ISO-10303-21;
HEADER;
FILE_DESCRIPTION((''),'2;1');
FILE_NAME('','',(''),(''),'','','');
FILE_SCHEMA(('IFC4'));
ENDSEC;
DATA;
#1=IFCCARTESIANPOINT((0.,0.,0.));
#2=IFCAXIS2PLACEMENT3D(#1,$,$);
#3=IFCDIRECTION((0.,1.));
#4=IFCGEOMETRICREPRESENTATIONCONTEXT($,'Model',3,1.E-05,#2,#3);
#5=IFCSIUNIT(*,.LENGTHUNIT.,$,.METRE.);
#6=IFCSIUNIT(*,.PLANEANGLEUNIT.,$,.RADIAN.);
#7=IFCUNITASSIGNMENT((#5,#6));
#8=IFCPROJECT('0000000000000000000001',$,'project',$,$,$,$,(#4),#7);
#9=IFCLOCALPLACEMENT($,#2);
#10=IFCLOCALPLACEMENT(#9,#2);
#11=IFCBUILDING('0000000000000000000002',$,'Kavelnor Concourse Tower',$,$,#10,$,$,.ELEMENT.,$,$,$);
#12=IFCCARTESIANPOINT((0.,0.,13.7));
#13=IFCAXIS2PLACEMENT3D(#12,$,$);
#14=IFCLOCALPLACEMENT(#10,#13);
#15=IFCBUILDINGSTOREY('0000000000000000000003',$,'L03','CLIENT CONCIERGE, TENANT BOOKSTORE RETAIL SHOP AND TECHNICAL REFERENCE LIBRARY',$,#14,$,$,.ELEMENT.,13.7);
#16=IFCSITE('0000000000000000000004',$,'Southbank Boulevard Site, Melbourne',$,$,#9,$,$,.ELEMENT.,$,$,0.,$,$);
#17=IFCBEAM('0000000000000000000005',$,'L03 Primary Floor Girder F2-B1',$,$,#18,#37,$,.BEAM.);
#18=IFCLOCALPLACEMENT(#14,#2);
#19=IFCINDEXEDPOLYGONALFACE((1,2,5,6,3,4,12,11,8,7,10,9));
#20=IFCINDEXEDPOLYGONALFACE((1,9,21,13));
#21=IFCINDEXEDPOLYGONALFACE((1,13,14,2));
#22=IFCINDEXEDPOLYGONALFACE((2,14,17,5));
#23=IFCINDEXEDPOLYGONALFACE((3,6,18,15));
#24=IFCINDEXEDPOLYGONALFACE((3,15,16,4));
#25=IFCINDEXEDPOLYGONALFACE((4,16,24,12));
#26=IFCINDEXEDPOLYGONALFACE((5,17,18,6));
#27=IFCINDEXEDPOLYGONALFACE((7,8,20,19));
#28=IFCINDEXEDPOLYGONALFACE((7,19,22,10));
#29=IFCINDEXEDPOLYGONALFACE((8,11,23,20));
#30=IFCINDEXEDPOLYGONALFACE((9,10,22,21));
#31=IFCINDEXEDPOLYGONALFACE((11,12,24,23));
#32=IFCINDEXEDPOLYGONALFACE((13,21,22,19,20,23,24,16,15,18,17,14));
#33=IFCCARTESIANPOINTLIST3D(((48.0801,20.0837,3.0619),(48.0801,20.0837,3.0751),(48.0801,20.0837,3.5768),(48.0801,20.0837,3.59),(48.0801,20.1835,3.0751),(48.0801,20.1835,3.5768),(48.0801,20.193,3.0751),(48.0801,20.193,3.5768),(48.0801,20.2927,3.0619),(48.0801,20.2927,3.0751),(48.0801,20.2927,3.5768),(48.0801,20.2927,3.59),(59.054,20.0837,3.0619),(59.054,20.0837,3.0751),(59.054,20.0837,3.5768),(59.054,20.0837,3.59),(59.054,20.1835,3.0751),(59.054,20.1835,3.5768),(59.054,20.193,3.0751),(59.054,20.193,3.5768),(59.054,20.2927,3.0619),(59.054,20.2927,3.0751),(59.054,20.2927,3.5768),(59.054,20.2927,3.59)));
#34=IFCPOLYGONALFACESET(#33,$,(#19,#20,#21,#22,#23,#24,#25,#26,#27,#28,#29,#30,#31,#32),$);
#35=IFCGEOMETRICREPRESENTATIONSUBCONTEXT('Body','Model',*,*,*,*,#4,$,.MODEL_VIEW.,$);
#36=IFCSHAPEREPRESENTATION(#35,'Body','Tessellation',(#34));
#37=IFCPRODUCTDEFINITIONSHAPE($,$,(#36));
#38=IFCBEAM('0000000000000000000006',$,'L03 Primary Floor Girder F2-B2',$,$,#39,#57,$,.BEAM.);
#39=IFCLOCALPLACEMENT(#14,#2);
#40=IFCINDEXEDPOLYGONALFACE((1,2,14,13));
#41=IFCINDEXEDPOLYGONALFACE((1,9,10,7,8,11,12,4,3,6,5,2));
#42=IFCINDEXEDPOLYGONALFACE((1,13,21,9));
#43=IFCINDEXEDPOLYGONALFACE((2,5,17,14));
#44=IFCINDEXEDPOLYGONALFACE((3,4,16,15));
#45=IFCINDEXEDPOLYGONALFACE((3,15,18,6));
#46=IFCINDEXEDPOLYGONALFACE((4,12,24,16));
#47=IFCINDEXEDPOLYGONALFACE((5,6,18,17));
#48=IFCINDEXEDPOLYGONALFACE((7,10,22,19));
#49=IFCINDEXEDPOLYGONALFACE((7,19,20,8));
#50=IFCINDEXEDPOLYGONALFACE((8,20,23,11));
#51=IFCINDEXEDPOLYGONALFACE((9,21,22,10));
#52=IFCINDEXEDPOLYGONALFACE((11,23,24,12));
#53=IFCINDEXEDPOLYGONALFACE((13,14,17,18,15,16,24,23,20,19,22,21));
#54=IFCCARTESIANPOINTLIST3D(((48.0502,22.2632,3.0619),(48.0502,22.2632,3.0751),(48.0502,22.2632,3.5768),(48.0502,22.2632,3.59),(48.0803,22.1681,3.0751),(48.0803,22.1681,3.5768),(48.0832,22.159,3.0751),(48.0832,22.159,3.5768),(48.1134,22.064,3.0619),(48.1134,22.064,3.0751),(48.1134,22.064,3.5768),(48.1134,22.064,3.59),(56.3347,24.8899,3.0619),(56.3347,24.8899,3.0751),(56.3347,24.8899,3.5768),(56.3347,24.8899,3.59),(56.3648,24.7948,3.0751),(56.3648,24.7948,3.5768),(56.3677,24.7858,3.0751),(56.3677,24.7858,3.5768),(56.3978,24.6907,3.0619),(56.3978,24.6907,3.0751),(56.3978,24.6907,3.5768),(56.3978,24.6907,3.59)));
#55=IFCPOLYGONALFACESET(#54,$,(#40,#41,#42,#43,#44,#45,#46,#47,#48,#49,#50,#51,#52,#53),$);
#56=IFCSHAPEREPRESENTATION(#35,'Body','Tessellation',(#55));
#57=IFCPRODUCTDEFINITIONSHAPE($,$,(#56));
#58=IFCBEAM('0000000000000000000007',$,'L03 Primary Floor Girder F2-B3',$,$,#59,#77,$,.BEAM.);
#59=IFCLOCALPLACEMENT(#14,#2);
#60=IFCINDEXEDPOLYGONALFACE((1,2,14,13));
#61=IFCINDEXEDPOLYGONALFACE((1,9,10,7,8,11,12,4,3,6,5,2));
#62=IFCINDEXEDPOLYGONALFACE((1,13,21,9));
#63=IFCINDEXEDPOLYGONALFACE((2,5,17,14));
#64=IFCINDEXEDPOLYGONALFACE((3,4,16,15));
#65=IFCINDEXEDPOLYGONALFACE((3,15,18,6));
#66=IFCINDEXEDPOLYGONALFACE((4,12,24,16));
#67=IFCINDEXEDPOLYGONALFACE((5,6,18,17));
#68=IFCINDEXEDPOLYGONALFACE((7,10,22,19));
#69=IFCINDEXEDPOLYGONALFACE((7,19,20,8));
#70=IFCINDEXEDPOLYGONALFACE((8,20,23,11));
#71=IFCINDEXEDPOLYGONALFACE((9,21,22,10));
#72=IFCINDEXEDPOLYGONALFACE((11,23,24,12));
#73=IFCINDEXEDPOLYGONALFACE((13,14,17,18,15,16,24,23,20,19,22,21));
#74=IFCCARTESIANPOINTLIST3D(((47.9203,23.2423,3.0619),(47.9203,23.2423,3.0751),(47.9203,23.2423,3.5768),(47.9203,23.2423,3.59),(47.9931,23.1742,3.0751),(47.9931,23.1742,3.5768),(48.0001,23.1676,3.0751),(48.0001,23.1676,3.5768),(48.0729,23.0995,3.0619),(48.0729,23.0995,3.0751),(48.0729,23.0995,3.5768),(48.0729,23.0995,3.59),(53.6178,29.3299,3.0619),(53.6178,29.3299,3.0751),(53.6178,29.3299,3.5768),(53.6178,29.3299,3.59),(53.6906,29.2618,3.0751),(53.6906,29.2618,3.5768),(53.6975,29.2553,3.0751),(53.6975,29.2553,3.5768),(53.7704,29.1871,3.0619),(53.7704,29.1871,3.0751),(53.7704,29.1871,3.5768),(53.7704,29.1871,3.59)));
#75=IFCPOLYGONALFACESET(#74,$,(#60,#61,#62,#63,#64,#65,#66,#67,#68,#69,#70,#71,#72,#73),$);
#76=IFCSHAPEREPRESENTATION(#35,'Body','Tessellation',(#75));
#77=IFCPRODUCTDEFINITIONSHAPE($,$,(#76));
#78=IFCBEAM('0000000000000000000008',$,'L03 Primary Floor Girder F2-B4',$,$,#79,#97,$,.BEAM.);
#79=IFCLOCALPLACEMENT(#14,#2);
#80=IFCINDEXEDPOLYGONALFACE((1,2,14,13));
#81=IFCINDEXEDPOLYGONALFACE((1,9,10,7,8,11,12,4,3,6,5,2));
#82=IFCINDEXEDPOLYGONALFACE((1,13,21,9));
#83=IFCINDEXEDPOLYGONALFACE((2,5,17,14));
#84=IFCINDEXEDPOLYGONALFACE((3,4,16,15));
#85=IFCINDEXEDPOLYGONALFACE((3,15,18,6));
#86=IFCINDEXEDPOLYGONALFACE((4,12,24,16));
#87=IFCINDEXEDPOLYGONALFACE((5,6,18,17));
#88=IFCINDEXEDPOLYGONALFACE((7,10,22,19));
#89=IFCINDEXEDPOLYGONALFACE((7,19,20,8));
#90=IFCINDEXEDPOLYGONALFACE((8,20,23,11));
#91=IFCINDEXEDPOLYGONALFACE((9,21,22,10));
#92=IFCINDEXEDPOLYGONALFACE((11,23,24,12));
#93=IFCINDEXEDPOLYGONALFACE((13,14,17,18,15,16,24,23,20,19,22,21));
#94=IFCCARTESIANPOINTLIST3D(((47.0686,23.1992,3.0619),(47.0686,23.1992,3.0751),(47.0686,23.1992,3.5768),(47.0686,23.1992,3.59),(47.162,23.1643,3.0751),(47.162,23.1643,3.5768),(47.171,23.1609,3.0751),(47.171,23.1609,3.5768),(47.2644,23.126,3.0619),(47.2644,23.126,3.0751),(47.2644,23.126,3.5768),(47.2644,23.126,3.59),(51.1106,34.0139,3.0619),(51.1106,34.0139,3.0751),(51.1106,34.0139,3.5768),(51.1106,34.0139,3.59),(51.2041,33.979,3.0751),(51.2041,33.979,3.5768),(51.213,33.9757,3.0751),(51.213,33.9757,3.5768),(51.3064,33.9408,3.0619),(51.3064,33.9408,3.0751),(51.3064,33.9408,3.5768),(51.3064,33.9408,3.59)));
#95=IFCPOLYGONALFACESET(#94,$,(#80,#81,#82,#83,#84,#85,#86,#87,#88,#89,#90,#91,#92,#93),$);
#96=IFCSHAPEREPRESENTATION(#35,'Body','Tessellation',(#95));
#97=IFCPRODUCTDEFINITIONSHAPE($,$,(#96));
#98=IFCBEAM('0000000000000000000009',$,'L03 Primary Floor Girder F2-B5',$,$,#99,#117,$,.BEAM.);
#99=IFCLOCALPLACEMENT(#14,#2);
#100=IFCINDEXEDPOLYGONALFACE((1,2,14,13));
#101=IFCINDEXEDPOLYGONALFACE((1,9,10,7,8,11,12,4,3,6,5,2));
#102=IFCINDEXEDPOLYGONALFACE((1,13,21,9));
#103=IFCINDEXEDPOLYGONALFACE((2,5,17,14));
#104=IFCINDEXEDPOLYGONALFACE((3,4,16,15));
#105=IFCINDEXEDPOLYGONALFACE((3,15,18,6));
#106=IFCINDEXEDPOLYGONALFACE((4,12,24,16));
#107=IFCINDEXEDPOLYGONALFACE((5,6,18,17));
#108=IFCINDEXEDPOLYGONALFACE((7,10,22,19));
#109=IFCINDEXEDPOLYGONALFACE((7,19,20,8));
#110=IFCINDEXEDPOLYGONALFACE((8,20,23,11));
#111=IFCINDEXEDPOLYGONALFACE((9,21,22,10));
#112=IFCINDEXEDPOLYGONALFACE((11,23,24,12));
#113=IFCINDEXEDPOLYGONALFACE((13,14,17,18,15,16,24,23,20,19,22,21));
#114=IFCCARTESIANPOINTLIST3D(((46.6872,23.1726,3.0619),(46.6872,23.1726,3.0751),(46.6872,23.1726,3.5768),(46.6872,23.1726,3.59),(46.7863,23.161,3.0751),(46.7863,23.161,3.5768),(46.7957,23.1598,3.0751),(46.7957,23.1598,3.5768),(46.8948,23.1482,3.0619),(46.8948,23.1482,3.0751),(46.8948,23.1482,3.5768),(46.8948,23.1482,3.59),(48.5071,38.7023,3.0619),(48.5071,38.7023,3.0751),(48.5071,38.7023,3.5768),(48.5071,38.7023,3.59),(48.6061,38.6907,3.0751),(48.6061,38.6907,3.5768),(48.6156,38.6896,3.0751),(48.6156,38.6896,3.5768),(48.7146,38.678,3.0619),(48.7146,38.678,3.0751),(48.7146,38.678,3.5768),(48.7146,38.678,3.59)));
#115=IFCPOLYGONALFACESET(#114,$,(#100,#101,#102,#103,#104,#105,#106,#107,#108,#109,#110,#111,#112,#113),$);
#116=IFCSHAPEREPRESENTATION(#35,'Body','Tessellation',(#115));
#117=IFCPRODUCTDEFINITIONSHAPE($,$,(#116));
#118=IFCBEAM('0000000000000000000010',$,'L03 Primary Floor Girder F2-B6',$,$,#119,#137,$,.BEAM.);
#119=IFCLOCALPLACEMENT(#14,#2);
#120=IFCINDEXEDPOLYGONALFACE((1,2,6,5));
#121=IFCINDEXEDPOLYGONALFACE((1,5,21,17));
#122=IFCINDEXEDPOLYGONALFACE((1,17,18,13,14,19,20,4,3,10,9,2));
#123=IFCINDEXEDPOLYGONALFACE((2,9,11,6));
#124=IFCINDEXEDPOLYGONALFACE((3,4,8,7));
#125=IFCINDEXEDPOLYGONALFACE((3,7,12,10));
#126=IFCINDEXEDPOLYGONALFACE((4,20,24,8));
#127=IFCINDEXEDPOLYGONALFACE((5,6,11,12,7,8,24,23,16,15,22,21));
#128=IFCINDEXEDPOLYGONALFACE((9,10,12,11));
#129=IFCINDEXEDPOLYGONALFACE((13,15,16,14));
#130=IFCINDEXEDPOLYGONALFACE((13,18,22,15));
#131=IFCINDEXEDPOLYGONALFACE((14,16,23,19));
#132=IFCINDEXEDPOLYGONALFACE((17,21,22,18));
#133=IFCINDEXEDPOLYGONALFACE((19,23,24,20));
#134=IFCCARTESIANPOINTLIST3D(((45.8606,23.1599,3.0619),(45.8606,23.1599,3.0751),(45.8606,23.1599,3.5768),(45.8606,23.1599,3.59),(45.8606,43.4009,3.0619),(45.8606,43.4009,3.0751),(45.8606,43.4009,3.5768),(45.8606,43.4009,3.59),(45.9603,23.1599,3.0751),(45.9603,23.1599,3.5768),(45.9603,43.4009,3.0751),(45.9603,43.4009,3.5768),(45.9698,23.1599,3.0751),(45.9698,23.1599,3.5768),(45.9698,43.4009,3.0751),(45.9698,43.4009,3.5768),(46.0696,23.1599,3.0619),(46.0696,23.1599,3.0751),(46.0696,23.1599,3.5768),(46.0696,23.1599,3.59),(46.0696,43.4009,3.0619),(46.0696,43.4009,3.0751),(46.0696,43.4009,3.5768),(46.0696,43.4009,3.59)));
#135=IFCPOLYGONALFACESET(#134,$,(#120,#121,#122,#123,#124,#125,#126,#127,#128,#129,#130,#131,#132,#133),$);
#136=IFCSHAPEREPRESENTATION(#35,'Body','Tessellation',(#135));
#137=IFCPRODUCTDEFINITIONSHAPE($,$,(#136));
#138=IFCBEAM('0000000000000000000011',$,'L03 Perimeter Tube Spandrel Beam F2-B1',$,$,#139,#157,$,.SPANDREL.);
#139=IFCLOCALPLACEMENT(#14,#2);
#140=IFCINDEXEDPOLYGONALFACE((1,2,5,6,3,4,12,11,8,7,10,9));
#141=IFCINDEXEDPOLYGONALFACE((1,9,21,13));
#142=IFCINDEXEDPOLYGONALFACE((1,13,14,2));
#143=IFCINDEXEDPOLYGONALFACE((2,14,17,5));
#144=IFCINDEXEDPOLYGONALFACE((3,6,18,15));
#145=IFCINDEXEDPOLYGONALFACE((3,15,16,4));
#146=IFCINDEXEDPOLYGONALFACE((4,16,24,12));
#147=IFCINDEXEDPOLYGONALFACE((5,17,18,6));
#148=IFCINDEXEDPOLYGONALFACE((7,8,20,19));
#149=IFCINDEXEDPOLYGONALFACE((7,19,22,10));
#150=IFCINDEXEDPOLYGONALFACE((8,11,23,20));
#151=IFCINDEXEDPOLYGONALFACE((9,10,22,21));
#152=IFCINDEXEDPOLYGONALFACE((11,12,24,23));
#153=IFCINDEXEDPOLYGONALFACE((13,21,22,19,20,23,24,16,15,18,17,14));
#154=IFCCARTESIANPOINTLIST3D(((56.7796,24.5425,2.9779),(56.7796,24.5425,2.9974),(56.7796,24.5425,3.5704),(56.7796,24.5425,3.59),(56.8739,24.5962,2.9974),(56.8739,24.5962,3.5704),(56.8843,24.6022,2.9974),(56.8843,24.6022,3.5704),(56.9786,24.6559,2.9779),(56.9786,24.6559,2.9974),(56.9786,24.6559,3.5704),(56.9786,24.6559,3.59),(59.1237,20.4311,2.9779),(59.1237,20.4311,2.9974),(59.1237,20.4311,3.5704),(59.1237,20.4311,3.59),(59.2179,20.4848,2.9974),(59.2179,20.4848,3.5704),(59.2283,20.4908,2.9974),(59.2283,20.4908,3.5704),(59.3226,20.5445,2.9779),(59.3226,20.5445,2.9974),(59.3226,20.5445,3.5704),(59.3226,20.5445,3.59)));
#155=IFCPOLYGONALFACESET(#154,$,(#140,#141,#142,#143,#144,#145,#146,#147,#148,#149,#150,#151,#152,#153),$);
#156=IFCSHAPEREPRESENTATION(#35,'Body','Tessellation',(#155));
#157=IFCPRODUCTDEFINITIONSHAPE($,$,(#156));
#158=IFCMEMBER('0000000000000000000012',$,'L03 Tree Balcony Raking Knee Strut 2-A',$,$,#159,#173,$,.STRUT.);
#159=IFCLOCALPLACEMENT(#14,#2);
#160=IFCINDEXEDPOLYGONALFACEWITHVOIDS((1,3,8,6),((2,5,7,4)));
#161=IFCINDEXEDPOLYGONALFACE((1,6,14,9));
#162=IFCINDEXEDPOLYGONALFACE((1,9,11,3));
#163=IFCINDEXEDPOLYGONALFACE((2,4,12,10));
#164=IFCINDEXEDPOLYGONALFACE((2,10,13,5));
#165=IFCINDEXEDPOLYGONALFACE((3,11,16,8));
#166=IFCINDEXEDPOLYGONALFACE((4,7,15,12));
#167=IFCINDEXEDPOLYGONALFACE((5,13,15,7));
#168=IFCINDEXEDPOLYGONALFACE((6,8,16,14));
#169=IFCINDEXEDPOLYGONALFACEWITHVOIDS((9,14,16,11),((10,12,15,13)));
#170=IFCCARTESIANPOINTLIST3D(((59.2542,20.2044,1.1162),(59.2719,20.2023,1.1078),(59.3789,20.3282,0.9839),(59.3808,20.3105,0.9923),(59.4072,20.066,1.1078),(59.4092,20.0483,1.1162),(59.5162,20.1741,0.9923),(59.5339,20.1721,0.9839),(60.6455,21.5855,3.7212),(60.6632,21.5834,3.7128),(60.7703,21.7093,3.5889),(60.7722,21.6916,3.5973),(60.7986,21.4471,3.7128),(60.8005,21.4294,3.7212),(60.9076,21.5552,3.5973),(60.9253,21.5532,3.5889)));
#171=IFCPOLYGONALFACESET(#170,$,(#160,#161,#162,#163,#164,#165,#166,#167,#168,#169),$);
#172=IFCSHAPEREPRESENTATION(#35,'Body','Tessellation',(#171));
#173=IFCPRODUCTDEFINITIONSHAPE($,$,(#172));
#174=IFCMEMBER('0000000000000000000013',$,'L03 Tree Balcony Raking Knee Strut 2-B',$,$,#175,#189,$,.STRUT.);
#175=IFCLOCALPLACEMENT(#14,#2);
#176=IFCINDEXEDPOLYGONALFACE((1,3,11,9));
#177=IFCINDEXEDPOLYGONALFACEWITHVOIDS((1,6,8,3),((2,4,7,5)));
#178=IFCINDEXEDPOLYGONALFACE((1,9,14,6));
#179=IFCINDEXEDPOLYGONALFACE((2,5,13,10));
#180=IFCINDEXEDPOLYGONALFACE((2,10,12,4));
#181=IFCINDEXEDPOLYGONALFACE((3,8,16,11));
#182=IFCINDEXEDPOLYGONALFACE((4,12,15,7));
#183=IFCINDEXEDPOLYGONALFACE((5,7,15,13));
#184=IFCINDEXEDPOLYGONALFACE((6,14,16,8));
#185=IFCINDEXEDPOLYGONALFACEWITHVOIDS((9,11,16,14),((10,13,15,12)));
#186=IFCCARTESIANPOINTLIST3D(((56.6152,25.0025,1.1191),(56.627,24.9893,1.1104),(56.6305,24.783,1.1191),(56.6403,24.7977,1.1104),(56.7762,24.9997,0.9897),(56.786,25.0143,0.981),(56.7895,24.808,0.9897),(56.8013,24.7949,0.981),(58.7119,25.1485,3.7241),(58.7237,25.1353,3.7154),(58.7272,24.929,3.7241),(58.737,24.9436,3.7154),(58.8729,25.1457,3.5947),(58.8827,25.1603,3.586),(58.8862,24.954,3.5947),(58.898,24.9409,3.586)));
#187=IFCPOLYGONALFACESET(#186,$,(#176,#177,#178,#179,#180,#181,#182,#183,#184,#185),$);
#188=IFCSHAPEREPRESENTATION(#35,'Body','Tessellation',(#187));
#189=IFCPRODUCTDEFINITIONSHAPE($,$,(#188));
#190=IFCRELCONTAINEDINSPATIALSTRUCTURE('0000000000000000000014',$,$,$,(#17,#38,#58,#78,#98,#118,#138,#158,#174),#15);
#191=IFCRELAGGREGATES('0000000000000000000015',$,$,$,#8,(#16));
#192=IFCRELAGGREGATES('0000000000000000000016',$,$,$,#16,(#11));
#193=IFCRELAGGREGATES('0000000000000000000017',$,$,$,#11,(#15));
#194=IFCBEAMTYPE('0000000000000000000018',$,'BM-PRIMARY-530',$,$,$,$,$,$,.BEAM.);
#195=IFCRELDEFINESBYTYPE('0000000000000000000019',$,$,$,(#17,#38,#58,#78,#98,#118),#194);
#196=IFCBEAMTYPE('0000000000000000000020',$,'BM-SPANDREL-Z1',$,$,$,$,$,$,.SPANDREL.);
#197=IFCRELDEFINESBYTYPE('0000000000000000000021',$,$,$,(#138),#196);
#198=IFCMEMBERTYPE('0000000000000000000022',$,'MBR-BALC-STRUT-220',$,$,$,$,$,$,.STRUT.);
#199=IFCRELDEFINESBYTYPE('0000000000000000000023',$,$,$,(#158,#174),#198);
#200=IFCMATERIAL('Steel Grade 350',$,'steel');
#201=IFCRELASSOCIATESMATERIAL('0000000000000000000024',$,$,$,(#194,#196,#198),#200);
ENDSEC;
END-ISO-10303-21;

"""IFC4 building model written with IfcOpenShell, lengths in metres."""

from ifc_helpers import new_model, si_unit, direction, frame, origin, origin_2d, place, context, subcontext, project, spatial, hollow_rectangle, i_section, extrude, material, material_profile, profile_set, type_object, element, save


model = new_model("IFC4")

# Units and contexts
model_context = context("Model", 3, precision=1e-05, world=origin(), true_north=direction((0.0, 1.0)))
body_context = subcontext(model_context, "Body", "Model", "MODEL_VIEW")
ifc_project = project(units=[si_unit("LENGTHUNIT", "METRE"), si_unit("PLANEANGLEUNIT", "RADIAN")], contexts=[model_context])

# Site, building, storey
site_placement = place(None, origin())
site = spatial("IfcSite", under=ifc_project, at=site_placement, Name="Southbank Boulevard Site, Melbourne", CompositionType="ELEMENT", RefElevation=0.0)
building_placement = place(site_placement, origin())
building = spatial("IfcBuilding", under=site, at=building_placement, Name="Kavelnor Concourse Tower", CompositionType="ELEMENT")
storey_placement = place(building_placement, frame((0.0, 0.0, 13.7)))
storey = spatial("IfcBuildingStorey", under=building, at=storey_placement, Name="L03", Description="CLIENT CONCIERGE, TENANT BOOKSTORE RETAIL SHOP AND TECHNICAL REFERENCE LIBRARY", CompositionType="ELEMENT", Elevation=13.7)

# Shared definitions
ifc_material_1 = material(Name="Steel Grade 350", Category="steel")

# Beams
ifc_material_profile_1 = material_profile(ifc_material_1, i_section(OverallWidth=0.209, OverallDepth=0.5281, WebThickness=0.0095, FlangeThickness=0.0132, at=origin_2d()), Name="530UB82")
ifc_profile_set_1 = profile_set([ifc_material_profile_1], Name="Steel Grade 350")
beam_type_1 = type_object("IfcBeamType", Name="BM-PRIMARY-530", PredefinedType="BEAM", material=ifc_profile_set_1)
beam_1_placement = place(storey_placement, frame((48.0801, 20.1882, 3.3259), z_axis=(1.0, 0.0, 0.0), x_axis=(0.0, 1.0, 0.0)))
element("IfcBeam", 1, at=beam_1_placement, inside=storey, type_object=beam_type_1, Name="L03 Primary Floor Girder F2-B1", PredefinedType="BEAM", context=body_context, shape_type="SweptSolid", body=[
    extrude(i_section(OverallWidth=0.209, OverallDepth=0.5281, WebThickness=0.0095, FlangeThickness=0.0132, at=origin_2d()), origin(), (0.0, 0.0, 1.0), 10.9739),
])
beam_2_placement = place(storey_placement, frame((48.0818, 22.1636, 3.3259), z_axis=(0.953233, 0.302238, 0.0), x_axis=(-0.302238, 0.953233, 0.0)))
element("IfcBeam", 2, at=beam_2_placement, inside=storey, type_object=beam_type_1, Name="L03 Primary Floor Girder F2-B2", PredefinedType="BEAM", context=body_context, shape_type="SweptSolid", body=[
    extrude(i_section(OverallWidth=0.209, OverallDepth=0.5281, WebThickness=0.0095, FlangeThickness=0.0132, at=origin_2d()), origin(), (0.0, 0.0, 1.0), 8.6909),
])
beam_3_placement = place(storey_placement, frame((47.9966, 23.1709, 3.3259), z_axis=(0.683324, 0.730115, 0.0), x_axis=(-0.730115, 0.683324, 0.0)))
element("IfcBeam", 3, at=beam_3_placement, inside=storey, type_object=beam_type_1, Name="L03 Primary Floor Girder F2-B3", PredefinedType="BEAM", context=body_context, shape_type="SweptSolid", body=[
    extrude(i_section(OverallWidth=0.209, OverallDepth=0.5281, WebThickness=0.0095, FlangeThickness=0.0132, at=origin_2d()), origin(), (0.0, 0.0, 1.0), 8.3379),
])
beam_4_placement = place(storey_placement, frame((47.1665, 23.1626, 3.3259), z_axis=(0.350097, 0.936714, 0.0), x_axis=(-0.936714, 0.350097, 0.0)))
element("IfcBeam", 4, at=beam_4_placement, inside=storey, type_object=beam_type_1, Name="L03 Primary Floor Girder F2-B4", PredefinedType="BEAM", context=body_context, shape_type="SweptSolid", body=[
    extrude(i_section(OverallWidth=0.209, OverallDepth=0.5281, WebThickness=0.0095, FlangeThickness=0.0132, at=origin_2d()), origin(), (0.0, 0.0, 1.0), 11.5454),
])
beam_5_placement = place(storey_placement, frame((46.791, 23.1604, 3.3259), z_axis=(0.116386, 0.993204, 0.0), x_axis=(-0.993204, 0.116386, 0.0)))
element("IfcBeam", 5, at=beam_5_placement, inside=storey, type_object=beam_type_1, Name="L03 Primary Floor Girder F2-B5", PredefinedType="BEAM", context=body_context, shape_type="SweptSolid", body=[
    extrude(i_section(OverallWidth=0.209, OverallDepth=0.5281, WebThickness=0.0095, FlangeThickness=0.0132, at=origin_2d()), origin(), (0.0, 0.0, 1.0), 15.636),
])
beam_6_placement = place(storey_placement, frame((45.9651, 23.1599, 3.3259), z_axis=(0.0, 1.0, 0.0), x_axis=(-1.0, 0.0, 0.0)))
element("IfcBeam", 6, at=beam_6_placement, inside=storey, type_object=beam_type_1, Name="L03 Primary Floor Girder F2-B6", PredefinedType="BEAM", context=body_context, shape_type="SweptSolid", body=[
    extrude(i_section(OverallWidth=0.209, OverallDepth=0.5281, WebThickness=0.0095, FlangeThickness=0.0132, at=origin_2d()), origin(), (0.0, 0.0, 1.0), 20.241),
])
ifc_material_profile_2 = material_profile(ifc_material_1, i_section(OverallWidth=0.229, OverallDepth=0.6121, WebThickness=0.012, FlangeThickness=0.0195, at=origin_2d()), Name="610UB125")
ifc_profile_set_2 = profile_set([ifc_material_profile_2], Name="Steel Grade 350")
beam_type_2 = type_object("IfcBeamType", Name="BM-SPANDREL-Z1", PredefinedType="SPANDREL", material=ifc_profile_set_2)
beam_7_placement = place(storey_placement, frame((59.2231, 20.4878, 3.2839), z_axis=(-0.495289, 0.868728, 0.0), x_axis=(-0.868728, -0.495289, 0.0)))
element("IfcBeam", 7, at=beam_7_placement, inside=storey, type_object=beam_type_2, Name="L03 Perimeter Tube Spandrel Beam F2-B1", PredefinedType="SPANDREL", context=body_context, shape_type="SweptSolid", body=[
    extrude(i_section(OverallWidth=0.229, OverallDepth=0.6121, WebThickness=0.012, FlangeThickness=0.0195, at=origin_2d()), origin(), (0.0, 0.0, 1.0), 4.7327),
])

# Members
ifc_material_profile_3 = material_profile(ifc_material_1, hollow_rectangle(XDim=0.22, YDim=0.22, WallThickness=0.0139, at=origin_2d()), Name="SHS 220x220x14")
ifc_profile_set_3 = profile_set([ifc_material_profile_3], Name="Steel Grade 350")
member_type = type_object("IfcMemberType", Name="MBR-BALC-STRUT-220", PredefinedType="STRUT", material=ifc_profile_set_3)
member_1_placement = place(storey_placement, frame((59.394, 20.1882, 1.05), z_axis=(0.426764, 0.423619, 0.799012), x_axis=(-0.704487, 0.709717, 0.0)))
element("IfcMember", 8, at=member_1_placement, inside=storey, type_object=member_type, Name="L03 Tree Balcony Raking Knee Strut 2-A", PredefinedType="STRUT", context=body_context, shape_type="SweptSolid", body=[
    extrude(hollow_rectangle(XDim=0.22, YDim=0.22, WallThickness=0.0139, at=origin_2d()), origin(), (0.0, 0.0, 1.0), 3.2603),
])
member_2_placement = place(storey_placement, frame((56.7083, 24.8987, 1.05), z_axis=(0.626411, 0.043618, 0.778272), x_axis=(-0.069464, 0.997584, 0.0)))
element("IfcMember", 9, at=member_2_placement, inside=storey, type_object=member_type, Name="L03 Tree Balcony Raking Knee Strut 2-B", PredefinedType="STRUT", context=body_context, shape_type="SweptSolid", body=[
    extrude(hollow_rectangle(XDim=0.22, YDim=0.22, WallThickness=0.0139, at=origin_2d()), origin(), (0.0, 0.0, 1.0), 3.3472),
])

save(model, "model.ifc")
